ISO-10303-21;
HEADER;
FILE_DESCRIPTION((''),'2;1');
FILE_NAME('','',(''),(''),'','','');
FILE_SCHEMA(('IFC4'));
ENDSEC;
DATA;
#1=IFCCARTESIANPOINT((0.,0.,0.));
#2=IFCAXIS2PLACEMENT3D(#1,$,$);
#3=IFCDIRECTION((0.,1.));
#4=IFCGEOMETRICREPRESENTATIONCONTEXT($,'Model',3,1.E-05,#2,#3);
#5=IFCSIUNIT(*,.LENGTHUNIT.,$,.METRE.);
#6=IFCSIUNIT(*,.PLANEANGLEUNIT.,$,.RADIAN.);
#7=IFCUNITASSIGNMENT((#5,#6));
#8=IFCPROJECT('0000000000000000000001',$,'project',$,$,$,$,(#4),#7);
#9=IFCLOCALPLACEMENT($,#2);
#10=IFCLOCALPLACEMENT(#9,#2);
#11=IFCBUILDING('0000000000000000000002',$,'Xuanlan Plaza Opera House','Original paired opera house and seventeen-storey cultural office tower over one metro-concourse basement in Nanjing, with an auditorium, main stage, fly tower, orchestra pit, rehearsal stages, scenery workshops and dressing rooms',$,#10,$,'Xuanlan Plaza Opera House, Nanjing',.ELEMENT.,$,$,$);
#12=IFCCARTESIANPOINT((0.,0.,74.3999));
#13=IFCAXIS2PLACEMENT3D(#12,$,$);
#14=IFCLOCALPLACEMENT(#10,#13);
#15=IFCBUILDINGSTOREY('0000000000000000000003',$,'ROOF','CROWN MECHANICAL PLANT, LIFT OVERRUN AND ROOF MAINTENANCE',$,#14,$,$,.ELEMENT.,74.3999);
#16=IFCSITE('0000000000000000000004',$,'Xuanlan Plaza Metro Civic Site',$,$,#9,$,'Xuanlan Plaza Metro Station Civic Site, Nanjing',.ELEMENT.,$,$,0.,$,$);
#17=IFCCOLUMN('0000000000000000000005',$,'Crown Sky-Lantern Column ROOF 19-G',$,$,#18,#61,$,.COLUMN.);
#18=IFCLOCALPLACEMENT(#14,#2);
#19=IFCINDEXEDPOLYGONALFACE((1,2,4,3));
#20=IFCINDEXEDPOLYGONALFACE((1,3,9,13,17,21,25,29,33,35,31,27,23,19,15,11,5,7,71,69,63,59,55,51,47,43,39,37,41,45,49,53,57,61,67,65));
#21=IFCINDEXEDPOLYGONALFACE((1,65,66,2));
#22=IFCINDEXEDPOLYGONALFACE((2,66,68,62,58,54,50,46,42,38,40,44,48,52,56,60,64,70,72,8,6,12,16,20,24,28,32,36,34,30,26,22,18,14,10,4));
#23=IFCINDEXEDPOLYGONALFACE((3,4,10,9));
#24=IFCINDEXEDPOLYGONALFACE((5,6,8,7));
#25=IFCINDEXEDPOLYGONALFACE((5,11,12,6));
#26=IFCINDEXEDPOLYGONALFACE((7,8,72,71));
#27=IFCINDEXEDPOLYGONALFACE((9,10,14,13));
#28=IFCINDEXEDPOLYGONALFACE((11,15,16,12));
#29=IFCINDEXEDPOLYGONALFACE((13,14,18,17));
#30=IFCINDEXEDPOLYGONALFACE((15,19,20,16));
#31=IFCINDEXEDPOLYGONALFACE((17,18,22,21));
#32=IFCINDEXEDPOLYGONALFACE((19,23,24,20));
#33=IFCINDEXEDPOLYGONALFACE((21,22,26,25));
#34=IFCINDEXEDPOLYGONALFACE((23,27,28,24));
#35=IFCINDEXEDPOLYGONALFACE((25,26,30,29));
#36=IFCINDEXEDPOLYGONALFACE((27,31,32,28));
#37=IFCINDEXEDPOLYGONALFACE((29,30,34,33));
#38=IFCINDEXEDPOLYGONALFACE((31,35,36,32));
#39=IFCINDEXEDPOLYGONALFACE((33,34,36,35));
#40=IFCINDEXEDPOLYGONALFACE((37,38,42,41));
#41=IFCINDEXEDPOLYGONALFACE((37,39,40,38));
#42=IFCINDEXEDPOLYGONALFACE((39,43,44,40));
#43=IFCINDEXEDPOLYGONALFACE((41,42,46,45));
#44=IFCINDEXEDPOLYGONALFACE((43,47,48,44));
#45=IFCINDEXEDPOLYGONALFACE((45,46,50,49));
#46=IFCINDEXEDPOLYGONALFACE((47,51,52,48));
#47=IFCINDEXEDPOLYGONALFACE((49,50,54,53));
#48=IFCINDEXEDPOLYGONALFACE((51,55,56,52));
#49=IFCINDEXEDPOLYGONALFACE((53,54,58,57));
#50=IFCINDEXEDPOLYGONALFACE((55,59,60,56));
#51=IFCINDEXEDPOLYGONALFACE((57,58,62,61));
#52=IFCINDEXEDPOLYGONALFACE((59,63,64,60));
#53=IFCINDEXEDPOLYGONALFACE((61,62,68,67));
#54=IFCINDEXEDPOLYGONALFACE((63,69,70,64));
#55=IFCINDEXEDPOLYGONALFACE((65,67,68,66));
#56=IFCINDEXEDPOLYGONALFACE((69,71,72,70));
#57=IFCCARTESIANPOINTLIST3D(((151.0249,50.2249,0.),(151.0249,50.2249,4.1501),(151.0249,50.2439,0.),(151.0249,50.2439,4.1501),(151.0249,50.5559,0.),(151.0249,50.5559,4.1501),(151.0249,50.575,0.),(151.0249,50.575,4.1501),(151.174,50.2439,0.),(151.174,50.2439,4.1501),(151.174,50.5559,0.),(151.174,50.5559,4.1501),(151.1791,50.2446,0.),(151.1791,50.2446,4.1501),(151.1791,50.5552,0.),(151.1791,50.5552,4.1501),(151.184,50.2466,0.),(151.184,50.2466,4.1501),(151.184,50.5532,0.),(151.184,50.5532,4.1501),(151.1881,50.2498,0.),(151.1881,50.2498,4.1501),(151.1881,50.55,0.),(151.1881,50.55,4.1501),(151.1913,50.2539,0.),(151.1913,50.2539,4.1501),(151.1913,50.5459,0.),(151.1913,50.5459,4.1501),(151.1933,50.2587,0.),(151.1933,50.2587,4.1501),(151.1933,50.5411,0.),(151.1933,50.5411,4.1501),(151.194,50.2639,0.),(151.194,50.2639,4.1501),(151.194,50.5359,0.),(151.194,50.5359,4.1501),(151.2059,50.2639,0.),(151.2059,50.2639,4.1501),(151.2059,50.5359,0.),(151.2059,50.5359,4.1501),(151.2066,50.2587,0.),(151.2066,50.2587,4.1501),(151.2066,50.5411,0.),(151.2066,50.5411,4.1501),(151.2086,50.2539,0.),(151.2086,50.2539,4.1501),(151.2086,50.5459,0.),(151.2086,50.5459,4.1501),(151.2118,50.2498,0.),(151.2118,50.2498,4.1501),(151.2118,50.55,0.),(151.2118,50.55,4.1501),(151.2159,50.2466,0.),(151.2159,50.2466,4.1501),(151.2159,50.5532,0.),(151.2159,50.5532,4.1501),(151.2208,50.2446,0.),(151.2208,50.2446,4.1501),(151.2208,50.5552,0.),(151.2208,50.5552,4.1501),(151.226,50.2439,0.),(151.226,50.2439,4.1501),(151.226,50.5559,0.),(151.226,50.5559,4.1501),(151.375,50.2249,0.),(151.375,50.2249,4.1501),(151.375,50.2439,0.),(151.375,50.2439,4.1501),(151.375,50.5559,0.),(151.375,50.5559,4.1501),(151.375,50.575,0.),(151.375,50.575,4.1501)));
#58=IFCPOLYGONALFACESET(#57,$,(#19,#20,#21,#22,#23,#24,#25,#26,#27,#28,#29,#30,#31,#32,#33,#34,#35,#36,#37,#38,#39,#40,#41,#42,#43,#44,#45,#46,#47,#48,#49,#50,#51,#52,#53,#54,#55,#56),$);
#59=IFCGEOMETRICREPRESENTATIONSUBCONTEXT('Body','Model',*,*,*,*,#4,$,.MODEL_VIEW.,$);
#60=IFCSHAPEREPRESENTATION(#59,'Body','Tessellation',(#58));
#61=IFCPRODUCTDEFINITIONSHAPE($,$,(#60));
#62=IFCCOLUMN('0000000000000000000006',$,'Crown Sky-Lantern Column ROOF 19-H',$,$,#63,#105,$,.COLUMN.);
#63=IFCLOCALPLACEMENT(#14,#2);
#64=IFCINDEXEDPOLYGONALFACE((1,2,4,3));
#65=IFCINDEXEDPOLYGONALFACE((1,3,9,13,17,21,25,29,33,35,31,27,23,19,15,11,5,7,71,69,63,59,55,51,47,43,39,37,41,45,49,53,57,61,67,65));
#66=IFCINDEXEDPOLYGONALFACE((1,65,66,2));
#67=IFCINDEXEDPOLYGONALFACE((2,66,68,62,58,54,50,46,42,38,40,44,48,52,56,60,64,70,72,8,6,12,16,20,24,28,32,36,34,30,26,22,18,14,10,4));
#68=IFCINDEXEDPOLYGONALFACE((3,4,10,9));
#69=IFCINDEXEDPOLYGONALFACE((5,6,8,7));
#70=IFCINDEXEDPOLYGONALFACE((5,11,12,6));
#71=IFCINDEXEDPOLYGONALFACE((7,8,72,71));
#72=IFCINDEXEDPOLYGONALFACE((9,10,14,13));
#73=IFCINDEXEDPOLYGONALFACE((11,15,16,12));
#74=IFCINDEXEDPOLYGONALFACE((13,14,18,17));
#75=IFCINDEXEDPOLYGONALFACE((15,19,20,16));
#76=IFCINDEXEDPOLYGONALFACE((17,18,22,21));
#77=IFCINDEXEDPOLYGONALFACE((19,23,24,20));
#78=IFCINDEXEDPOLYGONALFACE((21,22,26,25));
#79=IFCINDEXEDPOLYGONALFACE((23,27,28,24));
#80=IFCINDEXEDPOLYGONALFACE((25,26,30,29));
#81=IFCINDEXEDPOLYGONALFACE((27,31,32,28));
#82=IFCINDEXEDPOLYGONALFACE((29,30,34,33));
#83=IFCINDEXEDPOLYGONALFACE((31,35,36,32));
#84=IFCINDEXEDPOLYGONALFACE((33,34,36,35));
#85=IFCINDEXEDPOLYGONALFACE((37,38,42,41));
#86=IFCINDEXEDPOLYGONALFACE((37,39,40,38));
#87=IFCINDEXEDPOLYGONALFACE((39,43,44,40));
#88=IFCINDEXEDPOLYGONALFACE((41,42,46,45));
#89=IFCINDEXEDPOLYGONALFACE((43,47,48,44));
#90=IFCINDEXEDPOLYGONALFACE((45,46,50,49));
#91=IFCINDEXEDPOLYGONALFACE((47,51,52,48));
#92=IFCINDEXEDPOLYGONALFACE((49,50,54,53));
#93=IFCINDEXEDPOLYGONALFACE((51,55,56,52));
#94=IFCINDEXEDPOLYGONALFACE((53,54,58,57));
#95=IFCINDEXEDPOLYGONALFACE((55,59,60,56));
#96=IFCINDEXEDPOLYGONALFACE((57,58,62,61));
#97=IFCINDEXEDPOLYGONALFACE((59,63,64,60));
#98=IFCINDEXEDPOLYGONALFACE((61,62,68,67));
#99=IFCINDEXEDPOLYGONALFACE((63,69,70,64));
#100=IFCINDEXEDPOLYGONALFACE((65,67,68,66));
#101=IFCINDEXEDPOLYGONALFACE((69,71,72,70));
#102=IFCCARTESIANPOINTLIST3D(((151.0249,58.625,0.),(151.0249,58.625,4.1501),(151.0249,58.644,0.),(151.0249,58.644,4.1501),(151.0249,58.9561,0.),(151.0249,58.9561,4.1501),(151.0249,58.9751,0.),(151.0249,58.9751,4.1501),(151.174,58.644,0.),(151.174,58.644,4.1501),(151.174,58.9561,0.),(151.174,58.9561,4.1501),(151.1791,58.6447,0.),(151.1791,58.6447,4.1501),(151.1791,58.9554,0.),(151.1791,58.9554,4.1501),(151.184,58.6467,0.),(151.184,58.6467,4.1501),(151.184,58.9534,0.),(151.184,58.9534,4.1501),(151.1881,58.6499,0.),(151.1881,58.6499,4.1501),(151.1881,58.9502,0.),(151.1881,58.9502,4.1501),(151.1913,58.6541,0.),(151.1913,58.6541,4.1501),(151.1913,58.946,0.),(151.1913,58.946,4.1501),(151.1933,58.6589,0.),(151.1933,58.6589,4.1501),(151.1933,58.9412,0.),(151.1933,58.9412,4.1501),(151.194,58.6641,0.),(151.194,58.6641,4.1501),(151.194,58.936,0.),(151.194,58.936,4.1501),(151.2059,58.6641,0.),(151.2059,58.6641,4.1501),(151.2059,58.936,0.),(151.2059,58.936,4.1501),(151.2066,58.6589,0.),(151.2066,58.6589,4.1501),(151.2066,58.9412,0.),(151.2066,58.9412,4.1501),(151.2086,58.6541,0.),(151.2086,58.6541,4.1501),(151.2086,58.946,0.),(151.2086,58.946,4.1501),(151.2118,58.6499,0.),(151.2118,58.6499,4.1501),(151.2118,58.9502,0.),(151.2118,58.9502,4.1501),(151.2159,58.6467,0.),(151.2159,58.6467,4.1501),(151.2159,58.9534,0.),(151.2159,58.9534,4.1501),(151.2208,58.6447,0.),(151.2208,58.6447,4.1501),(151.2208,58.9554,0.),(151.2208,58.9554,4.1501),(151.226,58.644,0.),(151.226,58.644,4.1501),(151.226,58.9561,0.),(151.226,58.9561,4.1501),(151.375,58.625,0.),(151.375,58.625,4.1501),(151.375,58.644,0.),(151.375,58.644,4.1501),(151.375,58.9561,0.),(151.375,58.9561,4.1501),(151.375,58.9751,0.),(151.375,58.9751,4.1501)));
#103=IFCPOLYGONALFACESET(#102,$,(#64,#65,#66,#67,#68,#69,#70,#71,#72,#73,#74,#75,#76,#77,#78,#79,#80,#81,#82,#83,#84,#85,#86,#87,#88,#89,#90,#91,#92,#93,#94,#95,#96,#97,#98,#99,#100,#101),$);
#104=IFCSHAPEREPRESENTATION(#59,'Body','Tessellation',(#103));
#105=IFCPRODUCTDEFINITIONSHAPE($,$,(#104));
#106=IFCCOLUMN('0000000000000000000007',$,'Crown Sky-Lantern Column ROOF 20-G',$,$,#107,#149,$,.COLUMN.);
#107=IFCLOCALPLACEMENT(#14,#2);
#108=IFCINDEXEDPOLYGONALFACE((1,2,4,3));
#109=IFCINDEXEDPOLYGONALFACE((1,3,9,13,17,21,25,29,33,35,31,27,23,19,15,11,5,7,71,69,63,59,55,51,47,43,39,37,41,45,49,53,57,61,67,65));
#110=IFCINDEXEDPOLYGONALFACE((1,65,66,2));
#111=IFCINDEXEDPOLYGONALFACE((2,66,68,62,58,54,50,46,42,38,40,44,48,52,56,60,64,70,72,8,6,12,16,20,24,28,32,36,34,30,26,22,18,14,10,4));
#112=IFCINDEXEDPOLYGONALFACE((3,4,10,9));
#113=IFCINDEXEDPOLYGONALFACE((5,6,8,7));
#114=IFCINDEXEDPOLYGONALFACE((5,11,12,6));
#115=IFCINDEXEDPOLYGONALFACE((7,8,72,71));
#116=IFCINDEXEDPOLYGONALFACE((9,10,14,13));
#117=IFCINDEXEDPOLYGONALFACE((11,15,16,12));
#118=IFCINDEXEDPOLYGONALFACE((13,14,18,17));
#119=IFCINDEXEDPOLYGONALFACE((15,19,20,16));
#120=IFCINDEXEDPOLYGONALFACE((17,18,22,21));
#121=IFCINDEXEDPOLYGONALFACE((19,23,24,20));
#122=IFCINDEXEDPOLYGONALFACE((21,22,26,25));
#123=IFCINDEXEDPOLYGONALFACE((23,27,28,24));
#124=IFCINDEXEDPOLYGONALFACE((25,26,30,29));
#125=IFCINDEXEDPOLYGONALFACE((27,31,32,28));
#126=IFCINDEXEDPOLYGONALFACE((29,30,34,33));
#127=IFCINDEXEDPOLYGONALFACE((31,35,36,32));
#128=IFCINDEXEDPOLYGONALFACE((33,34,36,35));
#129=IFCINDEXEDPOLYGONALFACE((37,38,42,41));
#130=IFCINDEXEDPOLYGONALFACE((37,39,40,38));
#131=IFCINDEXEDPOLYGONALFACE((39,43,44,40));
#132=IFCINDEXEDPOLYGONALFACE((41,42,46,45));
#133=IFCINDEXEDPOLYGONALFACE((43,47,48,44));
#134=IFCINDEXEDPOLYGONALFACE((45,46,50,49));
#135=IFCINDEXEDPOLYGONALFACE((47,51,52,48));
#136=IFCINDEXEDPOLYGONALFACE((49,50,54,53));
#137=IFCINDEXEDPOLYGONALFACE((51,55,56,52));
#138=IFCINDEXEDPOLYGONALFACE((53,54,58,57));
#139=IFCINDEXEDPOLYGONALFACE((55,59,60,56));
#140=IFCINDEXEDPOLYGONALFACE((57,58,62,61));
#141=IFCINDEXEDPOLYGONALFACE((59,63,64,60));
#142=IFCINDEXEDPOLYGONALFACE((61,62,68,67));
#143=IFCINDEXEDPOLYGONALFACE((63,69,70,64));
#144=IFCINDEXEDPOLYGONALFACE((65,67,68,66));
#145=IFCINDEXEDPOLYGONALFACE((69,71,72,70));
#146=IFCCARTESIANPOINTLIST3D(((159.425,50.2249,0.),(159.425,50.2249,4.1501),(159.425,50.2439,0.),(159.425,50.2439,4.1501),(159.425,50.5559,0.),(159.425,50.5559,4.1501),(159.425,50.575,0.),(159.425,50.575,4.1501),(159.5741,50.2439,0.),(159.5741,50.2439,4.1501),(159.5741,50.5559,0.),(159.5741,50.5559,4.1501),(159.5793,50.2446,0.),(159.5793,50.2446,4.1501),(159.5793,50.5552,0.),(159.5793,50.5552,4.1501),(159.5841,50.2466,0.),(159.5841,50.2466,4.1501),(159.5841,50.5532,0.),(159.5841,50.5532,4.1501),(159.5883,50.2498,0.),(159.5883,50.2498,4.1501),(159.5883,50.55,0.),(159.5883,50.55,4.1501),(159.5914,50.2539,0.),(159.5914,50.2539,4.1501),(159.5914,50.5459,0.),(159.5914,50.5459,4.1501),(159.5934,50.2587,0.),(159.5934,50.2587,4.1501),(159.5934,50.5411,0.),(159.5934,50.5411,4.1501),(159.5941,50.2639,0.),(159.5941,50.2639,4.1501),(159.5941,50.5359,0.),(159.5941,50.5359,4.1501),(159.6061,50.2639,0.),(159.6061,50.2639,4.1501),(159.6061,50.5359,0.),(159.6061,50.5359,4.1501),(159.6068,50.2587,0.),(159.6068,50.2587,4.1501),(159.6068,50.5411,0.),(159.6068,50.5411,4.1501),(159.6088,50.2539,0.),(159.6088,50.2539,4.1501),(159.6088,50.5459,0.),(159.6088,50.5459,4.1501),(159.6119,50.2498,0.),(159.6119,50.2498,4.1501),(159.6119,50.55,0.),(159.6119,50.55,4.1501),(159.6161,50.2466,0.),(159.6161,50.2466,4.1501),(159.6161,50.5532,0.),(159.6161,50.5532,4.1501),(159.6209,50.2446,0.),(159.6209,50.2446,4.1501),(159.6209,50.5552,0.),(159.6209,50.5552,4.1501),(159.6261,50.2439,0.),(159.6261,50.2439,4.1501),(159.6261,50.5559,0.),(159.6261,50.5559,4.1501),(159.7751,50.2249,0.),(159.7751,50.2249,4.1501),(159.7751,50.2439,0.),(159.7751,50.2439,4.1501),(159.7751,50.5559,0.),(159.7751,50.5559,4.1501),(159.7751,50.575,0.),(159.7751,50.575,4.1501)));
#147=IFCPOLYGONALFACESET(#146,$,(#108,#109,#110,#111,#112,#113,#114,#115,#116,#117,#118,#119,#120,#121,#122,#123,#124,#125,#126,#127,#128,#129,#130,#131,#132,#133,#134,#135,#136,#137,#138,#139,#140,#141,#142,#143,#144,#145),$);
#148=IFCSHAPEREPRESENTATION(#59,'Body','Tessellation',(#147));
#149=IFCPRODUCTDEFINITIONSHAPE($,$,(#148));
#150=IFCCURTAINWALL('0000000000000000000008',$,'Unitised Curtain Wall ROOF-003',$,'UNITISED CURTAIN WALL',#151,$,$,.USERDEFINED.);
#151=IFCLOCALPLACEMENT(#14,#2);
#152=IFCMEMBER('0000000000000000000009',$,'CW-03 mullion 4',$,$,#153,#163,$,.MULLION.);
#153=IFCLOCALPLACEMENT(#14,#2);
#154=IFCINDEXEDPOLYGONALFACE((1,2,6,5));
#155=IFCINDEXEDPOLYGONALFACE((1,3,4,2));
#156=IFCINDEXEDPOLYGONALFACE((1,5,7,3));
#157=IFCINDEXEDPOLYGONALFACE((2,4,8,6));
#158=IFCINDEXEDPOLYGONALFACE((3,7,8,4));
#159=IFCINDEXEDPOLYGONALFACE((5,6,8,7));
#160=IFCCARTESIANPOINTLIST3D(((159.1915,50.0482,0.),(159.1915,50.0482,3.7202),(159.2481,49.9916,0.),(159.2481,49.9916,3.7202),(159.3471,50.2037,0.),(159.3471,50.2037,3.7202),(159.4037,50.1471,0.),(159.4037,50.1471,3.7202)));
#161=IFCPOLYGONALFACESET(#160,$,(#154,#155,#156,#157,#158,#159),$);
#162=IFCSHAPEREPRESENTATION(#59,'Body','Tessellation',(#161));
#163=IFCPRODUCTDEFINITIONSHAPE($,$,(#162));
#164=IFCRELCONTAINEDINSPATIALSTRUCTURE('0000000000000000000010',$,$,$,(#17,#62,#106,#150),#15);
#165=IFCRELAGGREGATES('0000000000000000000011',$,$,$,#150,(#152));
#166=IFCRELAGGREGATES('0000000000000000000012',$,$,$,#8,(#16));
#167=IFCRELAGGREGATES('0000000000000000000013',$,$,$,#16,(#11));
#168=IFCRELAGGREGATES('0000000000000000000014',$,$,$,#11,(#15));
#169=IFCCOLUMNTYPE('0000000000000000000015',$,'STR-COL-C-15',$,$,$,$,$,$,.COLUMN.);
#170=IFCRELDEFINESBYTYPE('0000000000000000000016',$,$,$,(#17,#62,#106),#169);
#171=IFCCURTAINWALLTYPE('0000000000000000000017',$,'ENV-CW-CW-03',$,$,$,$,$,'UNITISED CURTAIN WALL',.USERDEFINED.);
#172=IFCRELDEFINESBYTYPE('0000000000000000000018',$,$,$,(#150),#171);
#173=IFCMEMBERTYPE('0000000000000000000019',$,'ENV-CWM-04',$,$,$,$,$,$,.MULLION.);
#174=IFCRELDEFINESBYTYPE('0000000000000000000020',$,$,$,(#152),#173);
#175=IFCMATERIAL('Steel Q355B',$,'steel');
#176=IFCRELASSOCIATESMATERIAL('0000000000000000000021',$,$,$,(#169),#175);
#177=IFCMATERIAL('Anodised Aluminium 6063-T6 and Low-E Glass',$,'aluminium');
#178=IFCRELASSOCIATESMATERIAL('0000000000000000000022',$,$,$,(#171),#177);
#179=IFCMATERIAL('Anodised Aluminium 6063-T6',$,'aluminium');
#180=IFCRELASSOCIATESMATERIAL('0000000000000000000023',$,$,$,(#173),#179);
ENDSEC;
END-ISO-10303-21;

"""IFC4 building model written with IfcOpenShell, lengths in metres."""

from ifc_helpers import new_model, si_unit, direction, frame, origin, origin_2d, place, context, subcontext, project, spatial, rectangle, i_section, extrude, material, material_profile, profile_set, type_object, element, aggregate, save


model = new_model("IFC4")

# Units and contexts
model_context = context("Model", 3, precision=1e-05, world=origin(), true_north=direction((0.0, 1.0)))
body_context = subcontext(model_context, "Body", "Model", "MODEL_VIEW")
ifc_project = project(units=[si_unit("LENGTHUNIT", "METRE"), si_unit("PLANEANGLEUNIT", "RADIAN")], contexts=[model_context])

# Site, building, storey
site_placement = place(None, origin())
site = spatial("IfcSite", under=ifc_project, at=site_placement, Name="Xuanlan Plaza Metro Civic Site", LongName="Xuanlan Plaza Metro Station Civic Site, Nanjing", CompositionType="ELEMENT", RefElevation=0.0)
building_placement = place(site_placement, origin())
building = spatial("IfcBuilding", under=site, at=building_placement, Name="Xuanlan Plaza Opera House", Description="Original paired opera house and seventeen-storey cultural office tower over one metro-concourse basement in Nanjing, with an auditorium, main stage, fly tower, orchestra pit, rehearsal stages, scenery workshops and dressing rooms", LongName="Xuanlan Plaza Opera House, Nanjing", CompositionType="ELEMENT")
storey_placement = place(building_placement, frame((0.0, 0.0, 74.3999)))
storey = spatial("IfcBuildingStorey", under=building, at=storey_placement, Name="ROOF", Description="CROWN MECHANICAL PLANT, LIFT OVERRUN AND ROOF MAINTENANCE", CompositionType="ELEMENT", Elevation=74.3999)

# Columns
ifc_material_1 = material(Name="Steel Q355B", Category="steel")
ifc_material_profile_1 = material_profile(ifc_material_1, i_section(OverallWidth=0.3501, OverallDepth=0.3501, WebThickness=0.012, FlangeThickness=0.019, FilletRadius=0.02, at=origin_2d()), Name="HW 350x350x12x19")
ifc_profile_set_1 = profile_set([ifc_material_profile_1], Name="Steel Q355B")
column_type = type_object("IfcColumnType", Name="STR-COL-C-15", PredefinedType="COLUMN", material=ifc_profile_set_1)
for number, where, z_axis, x_axis, name in (
    (1, (151.2, 50.3999, 0.0), (0.0, 0.0, 1.0), (1.0, 0.0, 0.0), "Crown Sky-Lantern Column ROOF 19-G"),
    (2, (151.2, 58.8, 0.0), (0.0, 0.0, 1.0), (1.0, 0.0, 0.0), "Crown Sky-Lantern Column ROOF 19-H"),
    (3, (159.6001, 50.3999, 0.0), (0.0, 0.0, 1.0), (1.0, 0.0, 0.0), "Crown Sky-Lantern Column ROOF 20-G"),
):
    element("IfcColumn", number, at=place(storey_placement, frame(where, z_axis=z_axis, x_axis=x_axis)), inside=storey, type_object=column_type, Name=name, PredefinedType="COLUMN", context=body_context, shape_type="SweptSolid", body=[
        extrude(i_section(OverallWidth=0.3501, OverallDepth=0.3501, WebThickness=0.012, FlangeThickness=0.019, FilletRadius=0.02, at=origin_2d()), origin(), (0.0, 0.0, 1.0), 4.1501),
    ])

# Curtain wall, member
ifc_material_2 = material(Name="Anodised Aluminium 6063-T6 and Low-E Glass", Category="aluminium")
curtain_wall_type = type_object("IfcCurtainWallType", Name="ENV-CW-CW-03", ElementType="UNITISED CURTAIN WALL", PredefinedType="USERDEFINED", material=ifc_material_2)
curtain_wall_placement = place(storey_placement, origin())
curtain_wall = element("IfcCurtainWall", 4, at=curtain_wall_placement, inside=storey, type_object=curtain_wall_type, Name="Unitised Curtain Wall ROOF-003", ObjectType="UNITISED CURTAIN WALL", PredefinedType="USERDEFINED")
ifc_material_3 = material(Name="Anodised Aluminium 6063-T6", Category="aluminium")
ifc_material_profile_2 = material_profile(ifc_material_3, rectangle(XDim=0.0801, YDim=0.22, at=origin_2d()), Name="ALU-M 80x220")
ifc_profile_set_2 = profile_set([ifc_material_profile_2], Name="Anodised Aluminium 6063-T6")
member_type_1 = type_object("IfcMemberType", Name="ENV-CWM-04", PredefinedType="MULLION", material=ifc_profile_set_2)
member_1_placement = place(storey_placement, frame((159.2976, 50.0977, 0.0), z_axis=(0.0, 0.0, 1.0), x_axis=(-0.707107, 0.707107, 0.0)))
member_1 = element("IfcMember", 5, at=member_1_placement, type_object=member_type_1, Name="CW-03 mullion 4", PredefinedType="MULLION", context=body_context, shape_type="SweptSolid", body=[
    extrude(rectangle(XDim=0.0801, YDim=0.22, at=origin_2d()), origin(), (0.0, 0.0, 1.0), 3.7202),
])

aggregate(curtain_wall, [member_1])

save(model, "model.ifc")
